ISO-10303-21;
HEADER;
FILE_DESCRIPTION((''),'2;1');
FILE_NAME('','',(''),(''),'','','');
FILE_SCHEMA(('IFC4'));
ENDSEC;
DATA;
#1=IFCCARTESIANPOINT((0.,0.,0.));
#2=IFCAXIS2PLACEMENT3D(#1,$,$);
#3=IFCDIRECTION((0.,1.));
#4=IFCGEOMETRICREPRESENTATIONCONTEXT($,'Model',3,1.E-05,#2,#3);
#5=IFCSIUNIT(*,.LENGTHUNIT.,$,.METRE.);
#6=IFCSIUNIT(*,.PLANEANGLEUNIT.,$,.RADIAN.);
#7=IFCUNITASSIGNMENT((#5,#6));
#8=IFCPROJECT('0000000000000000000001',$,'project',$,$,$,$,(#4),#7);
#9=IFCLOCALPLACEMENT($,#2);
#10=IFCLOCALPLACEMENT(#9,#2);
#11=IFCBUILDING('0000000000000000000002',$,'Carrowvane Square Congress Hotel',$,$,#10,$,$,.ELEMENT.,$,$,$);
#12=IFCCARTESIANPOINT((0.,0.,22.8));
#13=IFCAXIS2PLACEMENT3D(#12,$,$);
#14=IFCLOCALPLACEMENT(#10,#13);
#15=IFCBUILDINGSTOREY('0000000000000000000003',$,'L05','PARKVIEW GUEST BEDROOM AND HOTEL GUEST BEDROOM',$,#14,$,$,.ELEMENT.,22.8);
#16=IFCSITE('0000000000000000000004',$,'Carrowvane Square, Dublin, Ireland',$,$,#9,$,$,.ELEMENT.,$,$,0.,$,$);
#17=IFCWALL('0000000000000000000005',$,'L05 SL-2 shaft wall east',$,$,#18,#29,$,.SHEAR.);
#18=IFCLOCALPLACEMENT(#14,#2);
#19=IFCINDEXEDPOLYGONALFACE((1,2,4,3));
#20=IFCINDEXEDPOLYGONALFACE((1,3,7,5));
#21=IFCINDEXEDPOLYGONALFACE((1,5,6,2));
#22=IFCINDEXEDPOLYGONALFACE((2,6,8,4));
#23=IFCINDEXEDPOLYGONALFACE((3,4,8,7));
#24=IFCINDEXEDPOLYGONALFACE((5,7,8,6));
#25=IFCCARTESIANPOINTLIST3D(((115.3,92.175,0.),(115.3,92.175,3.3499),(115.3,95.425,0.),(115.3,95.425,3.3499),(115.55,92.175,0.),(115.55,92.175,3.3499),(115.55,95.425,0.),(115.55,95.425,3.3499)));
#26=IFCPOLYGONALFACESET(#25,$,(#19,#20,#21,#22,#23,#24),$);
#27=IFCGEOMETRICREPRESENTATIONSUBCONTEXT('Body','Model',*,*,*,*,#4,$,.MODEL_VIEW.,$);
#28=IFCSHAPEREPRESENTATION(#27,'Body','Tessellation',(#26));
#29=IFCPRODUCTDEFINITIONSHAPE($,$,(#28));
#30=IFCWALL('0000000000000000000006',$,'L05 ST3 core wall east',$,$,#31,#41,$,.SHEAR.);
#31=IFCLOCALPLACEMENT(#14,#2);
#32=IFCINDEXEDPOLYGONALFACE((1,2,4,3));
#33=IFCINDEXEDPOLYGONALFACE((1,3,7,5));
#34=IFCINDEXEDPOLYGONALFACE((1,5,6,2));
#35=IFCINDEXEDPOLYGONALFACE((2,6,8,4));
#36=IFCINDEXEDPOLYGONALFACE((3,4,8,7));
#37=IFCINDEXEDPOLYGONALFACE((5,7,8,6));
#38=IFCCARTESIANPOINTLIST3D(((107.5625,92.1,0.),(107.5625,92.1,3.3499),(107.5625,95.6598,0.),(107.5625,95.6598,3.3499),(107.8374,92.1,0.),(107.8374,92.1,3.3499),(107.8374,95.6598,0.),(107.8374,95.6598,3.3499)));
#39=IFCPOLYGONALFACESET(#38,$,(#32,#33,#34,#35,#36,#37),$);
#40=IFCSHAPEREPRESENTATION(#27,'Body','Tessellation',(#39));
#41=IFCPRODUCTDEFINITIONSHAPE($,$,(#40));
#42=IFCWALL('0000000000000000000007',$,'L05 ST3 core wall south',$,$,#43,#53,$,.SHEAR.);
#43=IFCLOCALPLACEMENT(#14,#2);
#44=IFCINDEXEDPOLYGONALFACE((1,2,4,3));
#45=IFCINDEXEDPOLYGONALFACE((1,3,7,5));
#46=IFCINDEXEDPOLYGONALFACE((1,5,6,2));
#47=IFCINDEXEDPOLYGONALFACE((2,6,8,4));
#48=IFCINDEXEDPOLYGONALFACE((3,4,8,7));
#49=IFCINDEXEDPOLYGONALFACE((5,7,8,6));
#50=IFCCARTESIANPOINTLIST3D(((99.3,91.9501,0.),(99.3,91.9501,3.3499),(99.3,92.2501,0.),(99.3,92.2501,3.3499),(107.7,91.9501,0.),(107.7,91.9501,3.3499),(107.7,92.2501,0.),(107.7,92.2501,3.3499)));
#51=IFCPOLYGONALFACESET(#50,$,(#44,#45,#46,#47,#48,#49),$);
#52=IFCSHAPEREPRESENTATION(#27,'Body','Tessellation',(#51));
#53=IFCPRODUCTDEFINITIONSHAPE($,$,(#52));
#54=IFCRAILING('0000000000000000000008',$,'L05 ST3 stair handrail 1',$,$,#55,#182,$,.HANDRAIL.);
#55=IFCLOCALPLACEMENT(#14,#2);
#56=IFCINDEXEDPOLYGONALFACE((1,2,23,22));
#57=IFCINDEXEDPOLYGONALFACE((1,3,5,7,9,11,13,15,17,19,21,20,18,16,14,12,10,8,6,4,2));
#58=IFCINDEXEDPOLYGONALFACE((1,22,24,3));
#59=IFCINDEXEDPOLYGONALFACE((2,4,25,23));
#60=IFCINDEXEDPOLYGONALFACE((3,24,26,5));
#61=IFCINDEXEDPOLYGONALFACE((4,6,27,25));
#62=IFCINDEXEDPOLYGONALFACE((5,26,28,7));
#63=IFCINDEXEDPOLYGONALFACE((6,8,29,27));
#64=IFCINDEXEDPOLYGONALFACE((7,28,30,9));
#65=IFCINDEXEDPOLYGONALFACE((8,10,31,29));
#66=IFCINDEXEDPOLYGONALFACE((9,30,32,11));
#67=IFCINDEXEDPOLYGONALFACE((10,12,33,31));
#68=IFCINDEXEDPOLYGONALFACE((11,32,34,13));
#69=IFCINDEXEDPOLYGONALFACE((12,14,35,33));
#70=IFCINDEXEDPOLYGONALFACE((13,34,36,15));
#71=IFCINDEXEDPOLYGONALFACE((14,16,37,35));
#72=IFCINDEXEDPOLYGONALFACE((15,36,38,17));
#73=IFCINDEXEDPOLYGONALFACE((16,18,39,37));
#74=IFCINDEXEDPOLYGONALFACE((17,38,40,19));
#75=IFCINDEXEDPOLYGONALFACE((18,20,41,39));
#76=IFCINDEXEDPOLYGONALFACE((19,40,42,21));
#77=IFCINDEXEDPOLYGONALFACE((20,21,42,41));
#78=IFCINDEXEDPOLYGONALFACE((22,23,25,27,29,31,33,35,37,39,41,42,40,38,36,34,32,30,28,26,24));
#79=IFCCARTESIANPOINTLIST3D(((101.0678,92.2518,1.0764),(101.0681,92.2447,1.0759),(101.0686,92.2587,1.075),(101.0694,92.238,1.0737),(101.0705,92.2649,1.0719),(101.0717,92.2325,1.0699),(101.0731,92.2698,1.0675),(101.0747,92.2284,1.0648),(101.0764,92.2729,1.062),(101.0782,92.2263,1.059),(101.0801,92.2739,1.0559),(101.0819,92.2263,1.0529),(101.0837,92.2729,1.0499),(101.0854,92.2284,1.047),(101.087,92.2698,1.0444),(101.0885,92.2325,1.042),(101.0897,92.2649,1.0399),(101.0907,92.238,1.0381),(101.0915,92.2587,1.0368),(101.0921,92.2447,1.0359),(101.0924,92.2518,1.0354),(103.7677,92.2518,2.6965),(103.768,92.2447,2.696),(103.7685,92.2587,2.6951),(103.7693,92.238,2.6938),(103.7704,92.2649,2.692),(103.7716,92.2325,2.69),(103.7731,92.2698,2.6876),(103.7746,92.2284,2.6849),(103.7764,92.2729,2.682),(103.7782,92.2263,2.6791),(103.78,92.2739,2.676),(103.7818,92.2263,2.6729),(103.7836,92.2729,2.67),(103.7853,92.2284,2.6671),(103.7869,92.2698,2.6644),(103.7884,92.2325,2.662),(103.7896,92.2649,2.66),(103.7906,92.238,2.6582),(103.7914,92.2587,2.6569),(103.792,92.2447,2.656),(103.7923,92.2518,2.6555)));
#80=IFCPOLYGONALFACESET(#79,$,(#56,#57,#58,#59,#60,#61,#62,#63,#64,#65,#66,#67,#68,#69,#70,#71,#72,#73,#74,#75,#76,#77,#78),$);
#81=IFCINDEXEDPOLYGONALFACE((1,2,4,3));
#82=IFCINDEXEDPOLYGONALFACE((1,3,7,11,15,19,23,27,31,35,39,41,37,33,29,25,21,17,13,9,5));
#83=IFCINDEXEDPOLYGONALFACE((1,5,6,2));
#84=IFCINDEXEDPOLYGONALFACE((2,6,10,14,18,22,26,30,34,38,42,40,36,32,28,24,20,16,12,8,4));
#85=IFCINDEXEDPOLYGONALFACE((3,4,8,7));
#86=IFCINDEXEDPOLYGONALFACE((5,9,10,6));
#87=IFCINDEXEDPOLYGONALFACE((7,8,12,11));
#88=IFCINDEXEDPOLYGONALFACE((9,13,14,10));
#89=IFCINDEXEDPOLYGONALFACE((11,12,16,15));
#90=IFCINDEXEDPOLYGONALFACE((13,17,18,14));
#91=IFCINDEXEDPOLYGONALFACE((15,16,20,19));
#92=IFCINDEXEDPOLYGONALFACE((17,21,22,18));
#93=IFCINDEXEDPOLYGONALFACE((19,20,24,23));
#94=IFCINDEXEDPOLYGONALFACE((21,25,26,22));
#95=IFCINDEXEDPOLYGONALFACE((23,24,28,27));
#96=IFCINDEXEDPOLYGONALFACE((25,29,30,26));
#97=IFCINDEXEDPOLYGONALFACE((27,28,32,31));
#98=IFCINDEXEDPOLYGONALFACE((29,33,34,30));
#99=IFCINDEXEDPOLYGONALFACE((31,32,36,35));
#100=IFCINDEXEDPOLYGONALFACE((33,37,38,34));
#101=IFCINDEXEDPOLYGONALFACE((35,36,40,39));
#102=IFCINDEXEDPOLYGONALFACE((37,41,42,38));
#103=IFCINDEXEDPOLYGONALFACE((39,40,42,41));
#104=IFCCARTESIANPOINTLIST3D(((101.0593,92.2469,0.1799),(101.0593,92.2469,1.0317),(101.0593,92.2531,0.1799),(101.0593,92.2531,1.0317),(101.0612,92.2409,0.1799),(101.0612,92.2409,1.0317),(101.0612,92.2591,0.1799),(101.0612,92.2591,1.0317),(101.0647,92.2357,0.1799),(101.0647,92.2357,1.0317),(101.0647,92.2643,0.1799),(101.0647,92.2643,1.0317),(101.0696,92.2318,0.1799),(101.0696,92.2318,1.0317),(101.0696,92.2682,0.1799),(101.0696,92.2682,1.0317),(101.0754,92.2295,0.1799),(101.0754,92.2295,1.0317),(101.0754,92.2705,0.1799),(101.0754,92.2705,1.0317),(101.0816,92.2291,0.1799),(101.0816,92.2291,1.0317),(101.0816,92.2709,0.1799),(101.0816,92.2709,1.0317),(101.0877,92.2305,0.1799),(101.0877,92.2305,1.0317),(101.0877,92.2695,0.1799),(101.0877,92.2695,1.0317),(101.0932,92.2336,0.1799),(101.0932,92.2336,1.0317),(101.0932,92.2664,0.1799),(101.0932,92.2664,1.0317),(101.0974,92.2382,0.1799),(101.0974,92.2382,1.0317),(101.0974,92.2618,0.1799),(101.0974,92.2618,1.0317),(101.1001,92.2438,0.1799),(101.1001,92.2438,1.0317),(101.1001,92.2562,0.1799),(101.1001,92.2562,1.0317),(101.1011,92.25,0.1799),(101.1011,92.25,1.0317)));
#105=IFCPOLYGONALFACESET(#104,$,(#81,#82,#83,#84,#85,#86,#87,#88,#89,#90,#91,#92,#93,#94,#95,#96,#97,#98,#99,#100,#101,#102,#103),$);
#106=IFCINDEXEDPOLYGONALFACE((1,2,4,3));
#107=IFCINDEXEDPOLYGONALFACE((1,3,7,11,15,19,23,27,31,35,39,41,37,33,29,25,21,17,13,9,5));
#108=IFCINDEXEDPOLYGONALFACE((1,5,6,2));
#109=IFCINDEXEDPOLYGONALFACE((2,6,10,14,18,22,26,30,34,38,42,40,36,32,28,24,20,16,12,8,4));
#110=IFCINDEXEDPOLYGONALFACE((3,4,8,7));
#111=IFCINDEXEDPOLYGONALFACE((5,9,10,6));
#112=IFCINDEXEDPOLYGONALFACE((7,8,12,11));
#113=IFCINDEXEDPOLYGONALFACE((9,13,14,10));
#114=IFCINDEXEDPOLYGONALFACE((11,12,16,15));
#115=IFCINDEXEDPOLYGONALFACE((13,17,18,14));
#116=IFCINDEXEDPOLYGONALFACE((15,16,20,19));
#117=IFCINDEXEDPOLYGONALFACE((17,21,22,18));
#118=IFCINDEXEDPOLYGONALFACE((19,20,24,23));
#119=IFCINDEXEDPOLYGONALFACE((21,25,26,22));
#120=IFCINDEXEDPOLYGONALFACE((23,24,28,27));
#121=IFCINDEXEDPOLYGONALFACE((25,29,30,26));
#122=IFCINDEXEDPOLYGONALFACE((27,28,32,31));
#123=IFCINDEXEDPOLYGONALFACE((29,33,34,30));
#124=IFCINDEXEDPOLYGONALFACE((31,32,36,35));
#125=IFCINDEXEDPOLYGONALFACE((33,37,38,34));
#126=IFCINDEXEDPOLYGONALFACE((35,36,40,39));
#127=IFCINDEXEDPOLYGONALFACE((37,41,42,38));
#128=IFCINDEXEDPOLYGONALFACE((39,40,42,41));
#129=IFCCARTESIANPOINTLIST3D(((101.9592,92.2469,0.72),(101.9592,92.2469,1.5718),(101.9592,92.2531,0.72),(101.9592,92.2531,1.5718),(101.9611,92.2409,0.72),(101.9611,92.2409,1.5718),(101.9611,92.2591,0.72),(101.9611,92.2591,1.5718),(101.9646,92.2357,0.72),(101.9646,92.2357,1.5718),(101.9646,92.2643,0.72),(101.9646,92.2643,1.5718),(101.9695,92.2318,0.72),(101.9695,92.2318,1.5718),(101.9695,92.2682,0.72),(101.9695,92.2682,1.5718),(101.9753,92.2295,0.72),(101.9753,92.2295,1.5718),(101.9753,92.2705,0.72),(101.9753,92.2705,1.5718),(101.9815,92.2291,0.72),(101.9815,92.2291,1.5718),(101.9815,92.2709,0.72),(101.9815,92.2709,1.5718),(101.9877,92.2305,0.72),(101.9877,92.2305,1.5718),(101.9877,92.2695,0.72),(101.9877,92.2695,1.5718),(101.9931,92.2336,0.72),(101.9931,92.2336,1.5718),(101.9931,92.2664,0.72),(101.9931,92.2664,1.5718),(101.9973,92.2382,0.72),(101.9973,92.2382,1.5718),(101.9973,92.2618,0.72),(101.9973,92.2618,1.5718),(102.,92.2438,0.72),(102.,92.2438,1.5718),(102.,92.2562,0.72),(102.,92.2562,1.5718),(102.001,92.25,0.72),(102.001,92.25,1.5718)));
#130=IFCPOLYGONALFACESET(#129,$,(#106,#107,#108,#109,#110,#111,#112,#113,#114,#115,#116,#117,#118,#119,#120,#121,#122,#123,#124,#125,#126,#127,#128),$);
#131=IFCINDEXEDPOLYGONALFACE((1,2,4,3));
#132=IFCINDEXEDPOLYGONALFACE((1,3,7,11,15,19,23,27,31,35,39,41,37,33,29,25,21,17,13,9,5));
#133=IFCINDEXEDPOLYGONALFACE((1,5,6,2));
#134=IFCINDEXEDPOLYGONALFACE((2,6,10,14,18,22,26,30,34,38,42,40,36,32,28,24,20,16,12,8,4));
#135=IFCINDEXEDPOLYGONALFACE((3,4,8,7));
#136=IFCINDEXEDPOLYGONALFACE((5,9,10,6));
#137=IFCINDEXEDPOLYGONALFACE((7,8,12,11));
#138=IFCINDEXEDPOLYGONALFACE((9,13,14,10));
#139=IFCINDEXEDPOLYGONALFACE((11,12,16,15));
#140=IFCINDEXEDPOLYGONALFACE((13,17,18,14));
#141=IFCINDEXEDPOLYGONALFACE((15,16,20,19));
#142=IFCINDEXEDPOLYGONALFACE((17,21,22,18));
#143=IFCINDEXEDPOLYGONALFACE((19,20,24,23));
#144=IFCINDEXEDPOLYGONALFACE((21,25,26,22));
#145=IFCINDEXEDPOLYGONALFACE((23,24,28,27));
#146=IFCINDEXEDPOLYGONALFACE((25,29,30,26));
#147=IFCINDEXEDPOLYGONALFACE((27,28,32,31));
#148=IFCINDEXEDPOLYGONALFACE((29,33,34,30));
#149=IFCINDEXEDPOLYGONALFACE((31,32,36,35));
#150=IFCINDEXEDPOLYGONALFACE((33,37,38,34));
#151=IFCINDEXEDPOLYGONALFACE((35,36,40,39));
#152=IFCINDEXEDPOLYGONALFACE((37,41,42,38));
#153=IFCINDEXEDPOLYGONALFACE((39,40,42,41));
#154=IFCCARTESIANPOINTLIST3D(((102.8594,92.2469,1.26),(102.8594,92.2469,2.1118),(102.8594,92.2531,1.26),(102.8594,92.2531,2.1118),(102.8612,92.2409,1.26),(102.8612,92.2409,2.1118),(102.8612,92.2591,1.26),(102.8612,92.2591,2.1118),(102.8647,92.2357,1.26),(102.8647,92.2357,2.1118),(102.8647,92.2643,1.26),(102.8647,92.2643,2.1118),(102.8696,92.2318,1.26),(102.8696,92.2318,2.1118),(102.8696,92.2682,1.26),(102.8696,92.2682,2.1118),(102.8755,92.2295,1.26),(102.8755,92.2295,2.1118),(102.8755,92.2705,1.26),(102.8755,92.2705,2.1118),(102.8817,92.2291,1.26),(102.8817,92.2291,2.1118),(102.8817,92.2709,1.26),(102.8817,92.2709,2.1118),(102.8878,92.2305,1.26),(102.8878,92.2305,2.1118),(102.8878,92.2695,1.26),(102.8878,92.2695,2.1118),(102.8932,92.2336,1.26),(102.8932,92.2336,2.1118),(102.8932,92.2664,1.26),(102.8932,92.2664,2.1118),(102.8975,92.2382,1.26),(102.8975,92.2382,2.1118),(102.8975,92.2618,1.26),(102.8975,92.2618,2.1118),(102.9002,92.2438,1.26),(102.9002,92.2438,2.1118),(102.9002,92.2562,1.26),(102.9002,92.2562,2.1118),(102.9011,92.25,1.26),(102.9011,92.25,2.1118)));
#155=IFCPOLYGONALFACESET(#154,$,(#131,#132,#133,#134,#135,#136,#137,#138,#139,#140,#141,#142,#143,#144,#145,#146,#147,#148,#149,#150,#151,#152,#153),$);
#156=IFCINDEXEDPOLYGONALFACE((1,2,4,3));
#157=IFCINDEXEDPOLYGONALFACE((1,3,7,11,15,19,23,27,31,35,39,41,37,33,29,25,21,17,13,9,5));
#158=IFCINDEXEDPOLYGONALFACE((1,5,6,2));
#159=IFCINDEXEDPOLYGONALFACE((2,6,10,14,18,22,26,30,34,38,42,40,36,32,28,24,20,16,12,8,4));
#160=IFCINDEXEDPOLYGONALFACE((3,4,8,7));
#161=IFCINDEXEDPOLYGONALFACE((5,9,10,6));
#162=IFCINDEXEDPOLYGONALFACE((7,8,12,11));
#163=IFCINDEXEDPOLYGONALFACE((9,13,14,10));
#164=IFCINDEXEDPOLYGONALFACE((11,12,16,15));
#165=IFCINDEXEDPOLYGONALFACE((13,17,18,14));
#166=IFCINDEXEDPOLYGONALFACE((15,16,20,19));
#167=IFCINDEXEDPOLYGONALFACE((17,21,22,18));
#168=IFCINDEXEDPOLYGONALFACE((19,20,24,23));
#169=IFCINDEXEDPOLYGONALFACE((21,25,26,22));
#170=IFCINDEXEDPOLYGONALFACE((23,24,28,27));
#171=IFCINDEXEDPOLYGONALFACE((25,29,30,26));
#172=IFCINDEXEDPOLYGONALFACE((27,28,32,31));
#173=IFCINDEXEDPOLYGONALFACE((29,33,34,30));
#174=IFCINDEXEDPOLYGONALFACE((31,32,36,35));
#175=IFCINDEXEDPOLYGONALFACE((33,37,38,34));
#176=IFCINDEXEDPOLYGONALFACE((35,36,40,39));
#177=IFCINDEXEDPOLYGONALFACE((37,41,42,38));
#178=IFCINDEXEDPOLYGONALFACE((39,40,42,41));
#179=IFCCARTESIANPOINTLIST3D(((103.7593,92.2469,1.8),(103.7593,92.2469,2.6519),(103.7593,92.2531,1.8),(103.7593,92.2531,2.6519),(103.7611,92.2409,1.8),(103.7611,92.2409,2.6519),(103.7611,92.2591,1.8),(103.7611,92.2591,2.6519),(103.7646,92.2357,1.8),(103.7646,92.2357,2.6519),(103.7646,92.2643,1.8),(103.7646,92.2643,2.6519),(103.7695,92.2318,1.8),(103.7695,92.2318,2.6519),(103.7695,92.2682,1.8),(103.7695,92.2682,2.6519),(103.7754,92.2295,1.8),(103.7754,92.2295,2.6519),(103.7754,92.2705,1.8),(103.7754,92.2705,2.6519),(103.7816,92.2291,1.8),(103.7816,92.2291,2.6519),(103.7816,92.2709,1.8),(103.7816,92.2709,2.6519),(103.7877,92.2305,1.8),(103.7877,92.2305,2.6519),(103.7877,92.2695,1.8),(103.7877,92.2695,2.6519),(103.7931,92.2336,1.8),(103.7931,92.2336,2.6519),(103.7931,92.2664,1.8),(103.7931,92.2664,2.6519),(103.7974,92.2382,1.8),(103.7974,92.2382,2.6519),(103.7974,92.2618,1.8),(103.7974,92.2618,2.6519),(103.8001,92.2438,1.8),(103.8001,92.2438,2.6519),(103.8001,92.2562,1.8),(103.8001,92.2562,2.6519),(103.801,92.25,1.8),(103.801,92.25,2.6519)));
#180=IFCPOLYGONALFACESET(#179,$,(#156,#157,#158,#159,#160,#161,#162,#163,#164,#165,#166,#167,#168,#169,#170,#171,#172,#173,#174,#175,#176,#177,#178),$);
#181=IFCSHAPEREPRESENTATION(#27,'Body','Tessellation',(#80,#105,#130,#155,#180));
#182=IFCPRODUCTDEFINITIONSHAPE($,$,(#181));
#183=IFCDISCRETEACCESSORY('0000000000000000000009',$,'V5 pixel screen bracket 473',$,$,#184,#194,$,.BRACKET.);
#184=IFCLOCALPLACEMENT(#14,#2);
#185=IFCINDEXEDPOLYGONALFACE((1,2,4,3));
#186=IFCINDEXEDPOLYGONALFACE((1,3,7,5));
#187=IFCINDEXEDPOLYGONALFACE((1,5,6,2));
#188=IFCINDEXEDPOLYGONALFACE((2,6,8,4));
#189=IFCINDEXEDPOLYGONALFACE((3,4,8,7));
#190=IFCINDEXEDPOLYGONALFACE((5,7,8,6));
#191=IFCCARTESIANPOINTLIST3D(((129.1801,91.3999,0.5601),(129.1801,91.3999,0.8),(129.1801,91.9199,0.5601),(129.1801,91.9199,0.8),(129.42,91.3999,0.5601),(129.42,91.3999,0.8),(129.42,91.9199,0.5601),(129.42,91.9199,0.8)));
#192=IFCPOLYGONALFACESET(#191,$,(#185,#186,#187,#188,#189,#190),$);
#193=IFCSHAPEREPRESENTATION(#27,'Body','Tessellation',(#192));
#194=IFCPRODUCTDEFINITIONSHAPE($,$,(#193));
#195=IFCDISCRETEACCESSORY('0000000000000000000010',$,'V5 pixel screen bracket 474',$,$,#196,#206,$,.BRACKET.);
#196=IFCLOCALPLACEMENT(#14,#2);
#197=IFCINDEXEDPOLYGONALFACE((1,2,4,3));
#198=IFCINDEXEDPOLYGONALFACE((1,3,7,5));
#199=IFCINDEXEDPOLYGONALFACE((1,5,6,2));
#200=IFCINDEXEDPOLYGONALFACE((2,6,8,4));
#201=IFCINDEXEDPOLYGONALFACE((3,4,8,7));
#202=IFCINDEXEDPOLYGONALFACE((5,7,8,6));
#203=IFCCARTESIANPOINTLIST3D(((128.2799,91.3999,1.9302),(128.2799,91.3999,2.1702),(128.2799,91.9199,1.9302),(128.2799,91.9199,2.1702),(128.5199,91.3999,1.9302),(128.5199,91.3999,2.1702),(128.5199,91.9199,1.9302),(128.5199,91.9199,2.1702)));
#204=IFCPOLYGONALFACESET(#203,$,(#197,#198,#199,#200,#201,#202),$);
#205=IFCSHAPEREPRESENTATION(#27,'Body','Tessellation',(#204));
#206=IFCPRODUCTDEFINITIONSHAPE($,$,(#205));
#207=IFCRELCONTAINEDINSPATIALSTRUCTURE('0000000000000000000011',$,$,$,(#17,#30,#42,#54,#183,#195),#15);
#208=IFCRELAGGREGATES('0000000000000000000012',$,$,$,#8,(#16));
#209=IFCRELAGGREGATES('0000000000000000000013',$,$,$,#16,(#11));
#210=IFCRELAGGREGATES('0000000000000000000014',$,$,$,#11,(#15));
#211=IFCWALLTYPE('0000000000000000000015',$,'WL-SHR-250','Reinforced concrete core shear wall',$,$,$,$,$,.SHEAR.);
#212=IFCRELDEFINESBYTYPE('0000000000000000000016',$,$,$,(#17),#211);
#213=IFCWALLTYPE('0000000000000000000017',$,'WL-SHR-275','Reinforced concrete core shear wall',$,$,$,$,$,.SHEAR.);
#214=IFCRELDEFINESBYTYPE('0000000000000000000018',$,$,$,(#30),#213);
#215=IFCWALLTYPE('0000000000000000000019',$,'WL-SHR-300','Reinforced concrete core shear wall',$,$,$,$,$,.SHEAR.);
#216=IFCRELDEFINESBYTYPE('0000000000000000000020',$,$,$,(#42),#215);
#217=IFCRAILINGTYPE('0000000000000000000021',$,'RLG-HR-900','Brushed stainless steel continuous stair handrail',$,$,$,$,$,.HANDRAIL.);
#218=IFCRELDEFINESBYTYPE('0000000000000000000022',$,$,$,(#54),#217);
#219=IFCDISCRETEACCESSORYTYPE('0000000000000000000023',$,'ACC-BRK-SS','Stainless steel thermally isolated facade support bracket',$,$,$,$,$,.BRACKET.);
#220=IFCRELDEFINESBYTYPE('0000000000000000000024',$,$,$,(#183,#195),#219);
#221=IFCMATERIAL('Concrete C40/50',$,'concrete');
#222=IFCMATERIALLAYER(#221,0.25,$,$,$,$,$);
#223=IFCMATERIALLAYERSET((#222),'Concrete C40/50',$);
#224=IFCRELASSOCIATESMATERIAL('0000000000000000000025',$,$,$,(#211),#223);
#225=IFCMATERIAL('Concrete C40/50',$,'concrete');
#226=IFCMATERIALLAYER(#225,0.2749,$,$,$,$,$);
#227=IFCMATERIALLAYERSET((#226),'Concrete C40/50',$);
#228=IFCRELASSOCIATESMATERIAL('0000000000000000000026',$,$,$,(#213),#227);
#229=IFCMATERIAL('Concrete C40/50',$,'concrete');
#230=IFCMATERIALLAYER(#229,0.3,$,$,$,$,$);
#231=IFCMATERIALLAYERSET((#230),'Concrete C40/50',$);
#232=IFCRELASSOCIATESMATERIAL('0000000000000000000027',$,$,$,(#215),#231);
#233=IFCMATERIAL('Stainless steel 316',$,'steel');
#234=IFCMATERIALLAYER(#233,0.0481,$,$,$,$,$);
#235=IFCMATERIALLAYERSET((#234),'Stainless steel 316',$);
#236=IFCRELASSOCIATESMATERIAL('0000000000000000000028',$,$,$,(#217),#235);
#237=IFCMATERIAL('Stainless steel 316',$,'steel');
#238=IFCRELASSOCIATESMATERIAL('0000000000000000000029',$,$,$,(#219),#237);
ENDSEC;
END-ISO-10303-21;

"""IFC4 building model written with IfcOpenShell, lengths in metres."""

from ifc_helpers import new_model, si_unit, direction, frame, frame_2d, origin, origin_2d, place, context, subcontext, project, spatial, rectangle, circle, extrude, material, layer, layer_set, type_object, element, save


model = new_model("IFC4")

# Units and contexts
model_context = context("Model", 3, precision=1e-05, world=origin(), true_north=direction((0.0, 1.0)))
body_context = subcontext(model_context, "Body", "Model", "MODEL_VIEW")
ifc_project = project(units=[si_unit("LENGTHUNIT", "METRE"), si_unit("PLANEANGLEUNIT", "RADIAN")], contexts=[model_context])

# Site, building, storey
site_placement = place(None, origin())
site = spatial("IfcSite", under=ifc_project, at=site_placement, Name="Carrowvane Square, Dublin, Ireland", CompositionType="ELEMENT", RefElevation=0.0)
building_placement = place(site_placement, origin())
building = spatial("IfcBuilding", under=site, at=building_placement, Name="Carrowvane Square Congress Hotel", CompositionType="ELEMENT")
storey_placement = place(building_placement, frame((0.0, 0.0, 22.8)))
storey = spatial("IfcBuildingStorey", under=building, at=storey_placement, Name="L05", Description="PARKVIEW GUEST BEDROOM AND HOTEL GUEST BEDROOM", CompositionType="ELEMENT", Elevation=22.8)

# Walls
ifc_material_1 = material(Name="Concrete C40/50", Category="concrete")
ifc_layer_1 = layer(ifc_material_1, 0.25)
ifc_layer_set_1 = layer_set([ifc_layer_1], Name="Concrete C40/50")
wall_type_1 = type_object("IfcWallType", Name="WL-SHR-250", Description="Reinforced concrete core shear wall", PredefinedType="SHEAR", material=ifc_layer_set_1)
wall_1_placement = place(storey_placement, frame((115.425, 92.175, 0.0), z_axis=(0.0, 0.0, 1.0), x_axis=(0.0, 1.0, 0.0)))
element("IfcWall", 1, at=wall_1_placement, inside=storey, type_object=wall_type_1, Name="L05 SL-2 shaft wall east", PredefinedType="SHEAR", context=body_context, shape_type="SweptSolid", body=[
    extrude(rectangle(XDim=3.25, YDim=0.25, at=frame_2d((1.625, 0.0))), origin(), (0.0, 0.0, 1.0), 3.3499),
])
ifc_material_2 = material(Name="Concrete C40/50", Category="concrete")
ifc_layer_2 = layer(ifc_material_2, 0.2749)
ifc_layer_set_2 = layer_set([ifc_layer_2], Name="Concrete C40/50")
wall_type_2 = type_object("IfcWallType", Name="WL-SHR-275", Description="Reinforced concrete core shear wall", PredefinedType="SHEAR", material=ifc_layer_set_2)
wall_2_placement = place(storey_placement, frame((107.7, 92.1001, 0.0), z_axis=(0.0, 0.0, 1.0), x_axis=(0.0, 1.0, 0.0)))
element("IfcWall", 2, at=wall_2_placement, inside=storey, type_object=wall_type_2, Name="L05 ST3 core wall east", PredefinedType="SHEAR", context=body_context, shape_type="SweptSolid", body=[
    extrude(rectangle(XDim=3.5598, YDim=0.2749, at=frame_2d((1.7798, 0.0))), origin(), (0.0, 0.0, 1.0), 3.3499),
])
ifc_material_3 = material(Name="Concrete C40/50", Category="concrete")
ifc_layer_3 = layer(ifc_material_3, 0.3)
ifc_layer_set_3 = layer_set([ifc_layer_3], Name="Concrete C40/50")
wall_type_3 = type_object("IfcWallType", Name="WL-SHR-300", Description="Reinforced concrete core shear wall", PredefinedType="SHEAR", material=ifc_layer_set_3)
wall_3_placement = place(storey_placement, frame((99.3, 92.1001, 0.0), z_axis=(0.0, 0.0, 1.0), x_axis=(1.0, 0.0, 0.0)))
element("IfcWall", 3, at=wall_3_placement, inside=storey, type_object=wall_type_3, Name="L05 ST3 core wall south", PredefinedType="SHEAR", context=body_context, shape_type="SweptSolid", body=[
    extrude(rectangle(XDim=8.3999, YDim=0.3, at=frame_2d((4.2, 0.0))), origin(), (0.0, 0.0, 1.0), 3.3499),
])

# Railing
ifc_material_4 = material(Name="Stainless steel 316", Category="steel")
ifc_layer_4 = layer(ifc_material_4, 0.0481)
ifc_layer_set_4 = layer_set([ifc_layer_4], Name="Stainless steel 316")
railing_type = type_object("IfcRailingType", Name="RLG-HR-900", Description="Brushed stainless steel continuous stair handrail", PredefinedType="HANDRAIL", material=ifc_layer_set_4)
railing_placement = place(storey_placement, frame((101.0801, 92.25, 0.1799)))
element("IfcRailing", 4, at=railing_placement, inside=storey, type_object=railing_type, Name="L05 ST3 stair handrail 1", PredefinedType="HANDRAIL", context=body_context, shape_type="SweptSolid", body=[
    extrude(circle(Radius=0.0239, at=origin_2d()), frame((0.0, 0.0, 0.876), z_axis=(0.857472, 0.0, 0.51453), x_axis=(0.0, 1.0, 0.0)), (0.0, 0.0, 1.0), 3.1487),
    extrude(circle(Radius=0.021, at=origin_2d()), origin(), (0.0, 0.0, 1.0), 0.8518),
    extrude(circle(Radius=0.021, at=origin_2d()), frame((0.8999, 0.0, 0.54)), (0.0, 0.0, 1.0), 0.8518),
    extrude(circle(Radius=0.021, at=origin_2d()), frame((1.8, 0.0, 1.0801)), (0.0, 0.0, 1.0), 0.8518),
    extrude(circle(Radius=0.021, at=origin_2d()), frame((2.7, 0.0, 1.6201)), (0.0, 0.0, 1.0), 0.8518),
])

# Discrete accessories
ifc_material_5 = material(Name="Stainless steel 316", Category="steel")
discrete_accessory_type = type_object("IfcDiscreteAccessoryType", Name="ACC-BRK-SS", Description="Stainless steel thermally isolated facade support bracket", PredefinedType="BRACKET", material=ifc_material_5)
for number, where, z_axis, x_axis, name in (
    (5, (129.3, 91.6599, 0.5601), (0.0, 0.0, 1.0), (-1.0, 0.0, 0.0), "V5 pixel screen bracket 473"),
    (6, (128.3999, 91.6599, 1.9302), (0.0, 0.0, 1.0), (-1.0, 0.0, 0.0), "V5 pixel screen bracket 474"),
):
    element("IfcDiscreteAccessory", number, at=place(storey_placement, frame(where, z_axis=z_axis, x_axis=x_axis)), inside=storey, type_object=discrete_accessory_type, Name=name, PredefinedType="BRACKET", context=body_context, shape_type="SweptSolid", body=[
        extrude(rectangle(XDim=0.24, YDim=0.52, at=origin_2d()), origin(), (0.0, 0.0, 1.0), 0.24),
    ])

save(model, "model.ifc")
